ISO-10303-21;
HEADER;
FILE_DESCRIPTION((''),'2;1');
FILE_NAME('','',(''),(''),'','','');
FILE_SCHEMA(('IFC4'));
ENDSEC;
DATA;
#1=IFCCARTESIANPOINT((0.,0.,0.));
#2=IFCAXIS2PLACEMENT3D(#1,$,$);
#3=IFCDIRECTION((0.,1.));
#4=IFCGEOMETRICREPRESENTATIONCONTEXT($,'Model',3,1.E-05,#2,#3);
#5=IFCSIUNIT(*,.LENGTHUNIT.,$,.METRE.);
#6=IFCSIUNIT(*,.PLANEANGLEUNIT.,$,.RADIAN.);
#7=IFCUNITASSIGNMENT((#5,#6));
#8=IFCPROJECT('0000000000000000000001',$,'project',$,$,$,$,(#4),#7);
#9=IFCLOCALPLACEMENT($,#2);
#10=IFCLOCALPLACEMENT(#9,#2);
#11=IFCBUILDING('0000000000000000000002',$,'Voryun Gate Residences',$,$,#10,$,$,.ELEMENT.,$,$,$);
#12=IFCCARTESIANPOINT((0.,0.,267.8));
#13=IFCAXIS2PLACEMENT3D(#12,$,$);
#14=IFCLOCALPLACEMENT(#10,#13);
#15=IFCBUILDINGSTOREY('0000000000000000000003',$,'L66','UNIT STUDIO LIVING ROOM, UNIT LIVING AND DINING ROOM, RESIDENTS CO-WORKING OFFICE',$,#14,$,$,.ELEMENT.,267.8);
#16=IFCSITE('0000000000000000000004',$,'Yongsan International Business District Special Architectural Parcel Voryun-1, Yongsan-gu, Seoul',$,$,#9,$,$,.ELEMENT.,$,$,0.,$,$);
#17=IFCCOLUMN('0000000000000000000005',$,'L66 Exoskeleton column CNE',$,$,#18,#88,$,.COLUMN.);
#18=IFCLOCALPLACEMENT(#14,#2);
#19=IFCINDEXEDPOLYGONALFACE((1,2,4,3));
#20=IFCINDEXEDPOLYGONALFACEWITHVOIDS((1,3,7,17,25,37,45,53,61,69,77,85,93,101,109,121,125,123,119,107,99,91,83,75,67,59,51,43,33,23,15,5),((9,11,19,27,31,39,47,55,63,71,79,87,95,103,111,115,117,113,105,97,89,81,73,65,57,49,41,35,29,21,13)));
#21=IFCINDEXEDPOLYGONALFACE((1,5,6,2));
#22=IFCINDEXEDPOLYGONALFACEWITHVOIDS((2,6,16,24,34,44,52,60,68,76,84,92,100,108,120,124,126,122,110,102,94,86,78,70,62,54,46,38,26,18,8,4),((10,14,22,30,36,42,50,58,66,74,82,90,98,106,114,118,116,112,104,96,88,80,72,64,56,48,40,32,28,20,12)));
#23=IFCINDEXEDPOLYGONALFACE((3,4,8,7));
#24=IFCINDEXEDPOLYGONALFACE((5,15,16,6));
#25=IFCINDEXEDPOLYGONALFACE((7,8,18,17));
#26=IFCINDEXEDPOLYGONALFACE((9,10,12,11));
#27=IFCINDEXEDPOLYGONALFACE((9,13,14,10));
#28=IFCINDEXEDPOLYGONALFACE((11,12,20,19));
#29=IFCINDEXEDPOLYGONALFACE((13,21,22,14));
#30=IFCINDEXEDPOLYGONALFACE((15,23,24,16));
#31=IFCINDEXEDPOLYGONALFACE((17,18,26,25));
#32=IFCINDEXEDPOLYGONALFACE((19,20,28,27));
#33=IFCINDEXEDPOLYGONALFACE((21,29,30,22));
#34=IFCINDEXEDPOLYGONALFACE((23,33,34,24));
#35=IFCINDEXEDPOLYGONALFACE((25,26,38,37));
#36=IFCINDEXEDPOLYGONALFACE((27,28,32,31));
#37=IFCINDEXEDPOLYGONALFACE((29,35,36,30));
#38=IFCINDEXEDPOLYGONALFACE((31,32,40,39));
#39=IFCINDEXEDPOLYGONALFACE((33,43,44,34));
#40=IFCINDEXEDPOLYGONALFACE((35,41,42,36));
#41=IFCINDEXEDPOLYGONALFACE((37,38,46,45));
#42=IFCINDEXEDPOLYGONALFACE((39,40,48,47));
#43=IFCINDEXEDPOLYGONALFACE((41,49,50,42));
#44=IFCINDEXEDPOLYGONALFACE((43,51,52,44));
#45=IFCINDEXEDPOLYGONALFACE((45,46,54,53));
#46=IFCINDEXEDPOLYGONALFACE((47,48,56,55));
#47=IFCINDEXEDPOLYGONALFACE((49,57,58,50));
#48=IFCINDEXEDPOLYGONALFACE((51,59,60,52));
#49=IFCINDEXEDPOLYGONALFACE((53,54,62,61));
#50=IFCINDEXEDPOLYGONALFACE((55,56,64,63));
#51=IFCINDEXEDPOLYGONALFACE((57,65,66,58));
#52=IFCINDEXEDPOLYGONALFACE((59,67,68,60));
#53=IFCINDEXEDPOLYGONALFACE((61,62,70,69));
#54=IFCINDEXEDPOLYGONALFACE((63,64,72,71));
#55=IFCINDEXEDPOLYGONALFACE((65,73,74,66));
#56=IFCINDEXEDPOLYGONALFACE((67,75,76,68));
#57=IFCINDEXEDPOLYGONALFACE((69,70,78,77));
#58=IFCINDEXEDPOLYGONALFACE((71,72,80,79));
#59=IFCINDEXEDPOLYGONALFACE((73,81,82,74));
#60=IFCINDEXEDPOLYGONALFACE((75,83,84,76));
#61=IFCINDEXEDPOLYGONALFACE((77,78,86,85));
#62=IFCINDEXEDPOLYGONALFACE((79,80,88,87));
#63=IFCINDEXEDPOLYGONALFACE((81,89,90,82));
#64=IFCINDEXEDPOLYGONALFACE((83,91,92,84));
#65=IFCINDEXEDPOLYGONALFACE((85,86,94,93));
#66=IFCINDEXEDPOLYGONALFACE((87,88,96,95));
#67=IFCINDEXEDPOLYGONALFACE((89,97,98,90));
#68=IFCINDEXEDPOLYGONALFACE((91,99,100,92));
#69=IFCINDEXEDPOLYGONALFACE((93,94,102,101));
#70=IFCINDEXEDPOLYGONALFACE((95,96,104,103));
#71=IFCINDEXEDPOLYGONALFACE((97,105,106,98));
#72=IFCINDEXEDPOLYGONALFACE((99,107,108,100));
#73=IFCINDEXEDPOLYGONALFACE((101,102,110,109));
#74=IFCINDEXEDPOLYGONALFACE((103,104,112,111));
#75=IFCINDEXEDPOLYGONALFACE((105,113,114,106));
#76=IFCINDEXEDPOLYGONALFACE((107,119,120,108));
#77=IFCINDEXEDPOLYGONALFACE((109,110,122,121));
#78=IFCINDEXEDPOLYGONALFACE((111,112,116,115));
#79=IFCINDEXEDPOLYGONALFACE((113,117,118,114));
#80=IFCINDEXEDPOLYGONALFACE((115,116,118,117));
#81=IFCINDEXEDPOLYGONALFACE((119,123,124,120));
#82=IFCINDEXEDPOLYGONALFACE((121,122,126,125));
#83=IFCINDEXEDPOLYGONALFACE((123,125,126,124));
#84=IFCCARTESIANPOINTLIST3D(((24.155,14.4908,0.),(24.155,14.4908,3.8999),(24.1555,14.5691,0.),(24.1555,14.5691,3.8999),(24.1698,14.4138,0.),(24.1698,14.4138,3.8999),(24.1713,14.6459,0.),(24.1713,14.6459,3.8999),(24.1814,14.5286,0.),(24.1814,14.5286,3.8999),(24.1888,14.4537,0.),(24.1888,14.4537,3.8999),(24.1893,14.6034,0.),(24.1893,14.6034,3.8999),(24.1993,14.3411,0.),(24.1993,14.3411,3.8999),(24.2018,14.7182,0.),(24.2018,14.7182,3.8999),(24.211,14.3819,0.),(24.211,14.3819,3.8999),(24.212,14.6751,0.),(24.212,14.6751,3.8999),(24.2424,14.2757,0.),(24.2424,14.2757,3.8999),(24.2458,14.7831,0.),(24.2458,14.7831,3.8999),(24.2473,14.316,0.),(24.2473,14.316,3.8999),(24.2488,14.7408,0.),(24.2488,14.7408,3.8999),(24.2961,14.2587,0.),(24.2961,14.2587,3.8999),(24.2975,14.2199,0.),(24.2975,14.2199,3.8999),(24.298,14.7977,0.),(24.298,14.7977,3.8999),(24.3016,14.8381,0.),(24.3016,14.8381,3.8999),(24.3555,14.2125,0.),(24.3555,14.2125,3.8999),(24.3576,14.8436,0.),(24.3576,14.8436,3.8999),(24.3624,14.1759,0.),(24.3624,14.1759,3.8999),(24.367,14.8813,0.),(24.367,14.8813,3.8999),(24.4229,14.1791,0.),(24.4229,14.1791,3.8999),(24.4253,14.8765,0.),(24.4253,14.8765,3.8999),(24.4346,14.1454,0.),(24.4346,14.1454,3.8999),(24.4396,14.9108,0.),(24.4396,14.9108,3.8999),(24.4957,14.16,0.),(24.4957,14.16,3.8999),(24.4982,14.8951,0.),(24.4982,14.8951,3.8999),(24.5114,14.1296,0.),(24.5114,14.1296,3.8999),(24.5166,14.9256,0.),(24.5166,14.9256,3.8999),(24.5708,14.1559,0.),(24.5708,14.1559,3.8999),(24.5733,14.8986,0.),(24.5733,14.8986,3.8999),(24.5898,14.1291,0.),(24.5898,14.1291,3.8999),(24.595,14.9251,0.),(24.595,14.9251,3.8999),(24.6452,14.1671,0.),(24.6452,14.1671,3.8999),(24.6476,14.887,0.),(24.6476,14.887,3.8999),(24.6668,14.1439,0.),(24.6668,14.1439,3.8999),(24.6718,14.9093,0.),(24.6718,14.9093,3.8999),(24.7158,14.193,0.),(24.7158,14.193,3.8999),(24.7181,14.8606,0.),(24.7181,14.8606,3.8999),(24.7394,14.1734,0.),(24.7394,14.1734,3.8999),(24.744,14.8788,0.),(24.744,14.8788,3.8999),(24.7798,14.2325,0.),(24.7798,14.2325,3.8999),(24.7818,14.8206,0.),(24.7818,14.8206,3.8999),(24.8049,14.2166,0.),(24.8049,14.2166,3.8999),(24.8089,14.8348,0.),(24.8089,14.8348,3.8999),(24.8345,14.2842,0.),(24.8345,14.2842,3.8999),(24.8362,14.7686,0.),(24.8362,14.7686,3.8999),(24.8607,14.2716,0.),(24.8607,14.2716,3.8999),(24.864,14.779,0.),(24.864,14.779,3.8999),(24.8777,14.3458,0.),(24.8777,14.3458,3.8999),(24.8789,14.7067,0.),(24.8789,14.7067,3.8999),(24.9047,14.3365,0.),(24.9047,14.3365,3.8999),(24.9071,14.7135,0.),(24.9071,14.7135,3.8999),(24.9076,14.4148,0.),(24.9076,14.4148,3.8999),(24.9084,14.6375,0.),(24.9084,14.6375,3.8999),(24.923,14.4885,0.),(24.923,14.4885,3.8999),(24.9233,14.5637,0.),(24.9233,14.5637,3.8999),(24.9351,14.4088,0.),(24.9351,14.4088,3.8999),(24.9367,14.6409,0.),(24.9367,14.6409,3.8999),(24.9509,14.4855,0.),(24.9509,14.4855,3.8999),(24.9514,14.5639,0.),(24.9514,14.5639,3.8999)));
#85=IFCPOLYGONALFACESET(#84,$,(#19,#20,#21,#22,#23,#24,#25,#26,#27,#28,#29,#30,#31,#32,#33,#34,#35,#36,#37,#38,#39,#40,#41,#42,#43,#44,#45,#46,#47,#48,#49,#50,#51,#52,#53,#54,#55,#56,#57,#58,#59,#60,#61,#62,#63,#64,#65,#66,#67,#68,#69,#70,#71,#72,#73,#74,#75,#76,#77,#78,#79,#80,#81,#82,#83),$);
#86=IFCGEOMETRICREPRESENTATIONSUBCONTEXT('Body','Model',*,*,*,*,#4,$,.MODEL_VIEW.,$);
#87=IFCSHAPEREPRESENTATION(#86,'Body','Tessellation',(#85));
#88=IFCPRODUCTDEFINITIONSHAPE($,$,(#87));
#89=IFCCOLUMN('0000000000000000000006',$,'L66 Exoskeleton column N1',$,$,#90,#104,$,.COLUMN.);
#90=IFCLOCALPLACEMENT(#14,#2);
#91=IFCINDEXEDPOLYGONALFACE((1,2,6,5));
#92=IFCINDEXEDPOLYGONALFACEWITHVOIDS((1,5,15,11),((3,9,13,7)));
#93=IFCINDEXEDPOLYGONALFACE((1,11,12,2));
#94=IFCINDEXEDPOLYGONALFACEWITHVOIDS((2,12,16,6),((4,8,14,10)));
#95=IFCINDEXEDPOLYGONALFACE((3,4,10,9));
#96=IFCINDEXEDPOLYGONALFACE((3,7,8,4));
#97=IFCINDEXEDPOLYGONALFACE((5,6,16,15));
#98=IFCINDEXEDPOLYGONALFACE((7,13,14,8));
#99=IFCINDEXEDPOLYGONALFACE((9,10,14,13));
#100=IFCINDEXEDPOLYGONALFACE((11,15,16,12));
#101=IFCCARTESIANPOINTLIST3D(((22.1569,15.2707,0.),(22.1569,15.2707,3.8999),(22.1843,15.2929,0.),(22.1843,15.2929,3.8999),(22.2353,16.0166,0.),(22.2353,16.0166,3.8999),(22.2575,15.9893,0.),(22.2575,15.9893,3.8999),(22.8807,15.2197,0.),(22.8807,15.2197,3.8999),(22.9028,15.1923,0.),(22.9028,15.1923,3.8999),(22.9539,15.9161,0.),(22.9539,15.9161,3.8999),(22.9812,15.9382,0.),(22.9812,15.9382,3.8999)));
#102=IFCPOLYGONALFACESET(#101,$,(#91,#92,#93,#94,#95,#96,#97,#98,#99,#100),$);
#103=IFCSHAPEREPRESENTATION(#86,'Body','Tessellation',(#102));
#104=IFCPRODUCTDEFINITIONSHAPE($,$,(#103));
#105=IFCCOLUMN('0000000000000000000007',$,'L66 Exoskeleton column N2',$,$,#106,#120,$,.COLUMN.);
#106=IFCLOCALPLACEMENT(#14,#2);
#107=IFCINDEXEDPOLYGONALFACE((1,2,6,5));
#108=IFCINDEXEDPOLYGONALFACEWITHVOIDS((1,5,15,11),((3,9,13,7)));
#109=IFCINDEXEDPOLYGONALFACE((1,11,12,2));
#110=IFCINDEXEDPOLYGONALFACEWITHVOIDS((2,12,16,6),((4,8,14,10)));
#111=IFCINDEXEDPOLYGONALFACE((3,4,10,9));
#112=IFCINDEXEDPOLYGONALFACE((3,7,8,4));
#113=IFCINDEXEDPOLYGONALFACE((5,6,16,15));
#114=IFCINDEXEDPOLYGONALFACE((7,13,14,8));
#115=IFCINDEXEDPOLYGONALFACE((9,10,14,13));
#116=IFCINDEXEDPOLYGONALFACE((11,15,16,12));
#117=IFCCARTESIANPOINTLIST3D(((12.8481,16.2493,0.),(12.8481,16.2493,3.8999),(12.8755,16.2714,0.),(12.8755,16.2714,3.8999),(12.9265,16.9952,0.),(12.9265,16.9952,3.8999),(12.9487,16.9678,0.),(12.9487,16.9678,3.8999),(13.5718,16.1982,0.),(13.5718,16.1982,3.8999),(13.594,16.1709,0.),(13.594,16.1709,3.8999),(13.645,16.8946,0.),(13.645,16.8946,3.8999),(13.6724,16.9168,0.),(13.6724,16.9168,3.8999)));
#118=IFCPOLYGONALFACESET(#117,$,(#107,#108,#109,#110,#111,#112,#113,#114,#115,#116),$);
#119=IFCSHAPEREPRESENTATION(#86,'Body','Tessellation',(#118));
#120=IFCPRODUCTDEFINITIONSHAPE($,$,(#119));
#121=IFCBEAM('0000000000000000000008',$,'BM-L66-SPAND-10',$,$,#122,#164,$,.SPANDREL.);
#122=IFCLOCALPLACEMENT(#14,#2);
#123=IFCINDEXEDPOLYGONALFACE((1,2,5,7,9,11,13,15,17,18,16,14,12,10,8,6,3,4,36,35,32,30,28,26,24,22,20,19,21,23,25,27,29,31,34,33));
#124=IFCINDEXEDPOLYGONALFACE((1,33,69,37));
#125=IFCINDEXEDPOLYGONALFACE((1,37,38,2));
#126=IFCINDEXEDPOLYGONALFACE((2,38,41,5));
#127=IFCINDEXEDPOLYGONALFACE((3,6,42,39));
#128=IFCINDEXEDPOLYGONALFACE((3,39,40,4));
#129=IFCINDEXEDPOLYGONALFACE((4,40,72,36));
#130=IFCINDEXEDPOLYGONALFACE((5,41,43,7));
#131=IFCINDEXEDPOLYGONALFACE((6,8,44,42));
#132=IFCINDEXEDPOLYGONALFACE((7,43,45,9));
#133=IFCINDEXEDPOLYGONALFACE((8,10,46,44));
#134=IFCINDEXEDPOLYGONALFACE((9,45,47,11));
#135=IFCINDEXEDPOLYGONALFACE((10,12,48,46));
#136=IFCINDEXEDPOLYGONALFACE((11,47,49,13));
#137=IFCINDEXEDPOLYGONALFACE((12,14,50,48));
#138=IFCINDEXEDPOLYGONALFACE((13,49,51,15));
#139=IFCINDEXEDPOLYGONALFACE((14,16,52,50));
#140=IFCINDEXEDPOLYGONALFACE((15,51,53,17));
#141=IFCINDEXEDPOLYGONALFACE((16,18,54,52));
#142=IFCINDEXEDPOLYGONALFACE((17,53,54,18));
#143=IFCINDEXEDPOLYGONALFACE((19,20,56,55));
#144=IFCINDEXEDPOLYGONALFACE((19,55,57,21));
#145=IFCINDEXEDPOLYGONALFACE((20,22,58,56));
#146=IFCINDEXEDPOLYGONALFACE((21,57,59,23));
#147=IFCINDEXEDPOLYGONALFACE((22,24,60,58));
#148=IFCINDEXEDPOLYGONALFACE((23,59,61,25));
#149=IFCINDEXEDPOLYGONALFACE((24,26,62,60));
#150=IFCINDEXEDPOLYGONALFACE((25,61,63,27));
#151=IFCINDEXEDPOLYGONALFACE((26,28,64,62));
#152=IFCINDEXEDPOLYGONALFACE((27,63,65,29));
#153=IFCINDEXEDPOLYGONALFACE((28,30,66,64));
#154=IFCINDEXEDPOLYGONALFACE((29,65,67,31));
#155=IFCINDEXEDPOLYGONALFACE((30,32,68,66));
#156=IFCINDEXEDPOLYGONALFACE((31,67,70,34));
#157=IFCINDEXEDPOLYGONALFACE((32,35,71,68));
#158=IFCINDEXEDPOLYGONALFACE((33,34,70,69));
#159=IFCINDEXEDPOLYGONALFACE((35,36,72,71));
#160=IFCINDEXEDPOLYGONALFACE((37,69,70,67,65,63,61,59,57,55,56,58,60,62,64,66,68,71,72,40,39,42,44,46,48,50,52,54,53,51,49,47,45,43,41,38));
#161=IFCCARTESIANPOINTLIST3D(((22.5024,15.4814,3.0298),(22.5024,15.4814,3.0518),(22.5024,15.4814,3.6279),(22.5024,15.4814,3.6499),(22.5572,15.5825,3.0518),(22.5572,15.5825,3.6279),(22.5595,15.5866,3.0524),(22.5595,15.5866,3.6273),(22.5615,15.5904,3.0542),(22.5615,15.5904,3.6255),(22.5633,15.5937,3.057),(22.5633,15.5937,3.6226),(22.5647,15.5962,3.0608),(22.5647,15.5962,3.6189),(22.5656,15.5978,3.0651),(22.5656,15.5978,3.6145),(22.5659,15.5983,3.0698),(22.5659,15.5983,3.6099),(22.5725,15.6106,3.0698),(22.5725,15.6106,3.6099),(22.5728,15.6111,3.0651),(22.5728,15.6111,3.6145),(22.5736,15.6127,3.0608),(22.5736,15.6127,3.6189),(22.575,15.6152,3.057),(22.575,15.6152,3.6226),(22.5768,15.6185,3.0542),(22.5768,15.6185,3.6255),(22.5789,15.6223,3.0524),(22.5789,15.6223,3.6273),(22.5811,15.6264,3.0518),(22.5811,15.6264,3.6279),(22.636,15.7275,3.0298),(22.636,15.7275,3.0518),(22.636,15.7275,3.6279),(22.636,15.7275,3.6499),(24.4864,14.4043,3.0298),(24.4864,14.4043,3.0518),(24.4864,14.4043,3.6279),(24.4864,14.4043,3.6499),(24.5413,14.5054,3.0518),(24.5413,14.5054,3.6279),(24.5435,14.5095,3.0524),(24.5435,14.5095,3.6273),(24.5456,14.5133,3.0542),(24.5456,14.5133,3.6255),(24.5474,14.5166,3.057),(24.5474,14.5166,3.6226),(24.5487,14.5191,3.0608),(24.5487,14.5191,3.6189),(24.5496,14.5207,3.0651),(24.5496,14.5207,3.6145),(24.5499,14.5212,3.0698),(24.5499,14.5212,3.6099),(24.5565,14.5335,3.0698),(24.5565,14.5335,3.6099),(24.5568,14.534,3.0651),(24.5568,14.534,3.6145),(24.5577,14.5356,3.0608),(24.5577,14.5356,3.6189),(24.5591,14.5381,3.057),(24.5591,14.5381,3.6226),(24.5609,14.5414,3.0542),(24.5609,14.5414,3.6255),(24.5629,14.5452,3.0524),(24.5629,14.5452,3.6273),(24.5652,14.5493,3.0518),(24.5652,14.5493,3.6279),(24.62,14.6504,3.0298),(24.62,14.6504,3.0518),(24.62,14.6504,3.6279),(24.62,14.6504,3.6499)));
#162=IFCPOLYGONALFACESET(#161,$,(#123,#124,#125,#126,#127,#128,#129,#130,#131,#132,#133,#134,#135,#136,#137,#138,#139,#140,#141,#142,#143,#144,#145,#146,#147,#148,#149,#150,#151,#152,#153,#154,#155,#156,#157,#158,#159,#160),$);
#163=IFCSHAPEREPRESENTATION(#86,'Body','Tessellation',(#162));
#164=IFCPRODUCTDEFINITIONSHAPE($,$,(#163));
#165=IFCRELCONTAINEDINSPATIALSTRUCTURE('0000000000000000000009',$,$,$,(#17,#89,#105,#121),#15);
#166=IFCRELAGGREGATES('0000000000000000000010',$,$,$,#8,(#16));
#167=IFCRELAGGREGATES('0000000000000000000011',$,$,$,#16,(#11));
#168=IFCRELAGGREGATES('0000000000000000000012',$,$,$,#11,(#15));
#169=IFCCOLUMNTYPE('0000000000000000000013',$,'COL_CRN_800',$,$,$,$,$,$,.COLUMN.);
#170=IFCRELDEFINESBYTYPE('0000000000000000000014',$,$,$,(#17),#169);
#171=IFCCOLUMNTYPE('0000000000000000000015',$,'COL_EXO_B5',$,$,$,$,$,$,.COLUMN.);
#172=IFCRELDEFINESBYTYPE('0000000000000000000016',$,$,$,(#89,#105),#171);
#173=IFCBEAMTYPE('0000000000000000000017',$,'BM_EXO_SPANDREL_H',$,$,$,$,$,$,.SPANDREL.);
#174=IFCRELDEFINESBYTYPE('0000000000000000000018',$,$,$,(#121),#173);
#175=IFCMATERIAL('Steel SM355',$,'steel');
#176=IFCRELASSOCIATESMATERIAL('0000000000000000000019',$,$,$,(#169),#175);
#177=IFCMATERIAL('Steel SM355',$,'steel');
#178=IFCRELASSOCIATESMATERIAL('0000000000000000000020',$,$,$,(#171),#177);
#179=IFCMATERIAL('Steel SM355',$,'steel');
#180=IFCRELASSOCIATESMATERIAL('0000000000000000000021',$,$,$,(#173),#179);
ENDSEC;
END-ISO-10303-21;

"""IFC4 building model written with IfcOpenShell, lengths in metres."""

from ifc_helpers import new_model, si_unit, direction, frame, origin, origin_2d, place, context, subcontext, project, spatial, hollow_rectangle, hollow_circle, i_section, extrude, material, material_profile, profile_set, type_object, element, save


model = new_model("IFC4")

# Units and contexts
model_context = context("Model", 3, precision=1e-05, world=origin(), true_north=direction((0.0, 1.0)))
body_context = subcontext(model_context, "Body", "Model", "MODEL_VIEW")
ifc_project = project(units=[si_unit("LENGTHUNIT", "METRE"), si_unit("PLANEANGLEUNIT", "RADIAN")], contexts=[model_context])

# Site, building, storey
site_placement = place(None, origin())
site = spatial("IfcSite", under=ifc_project, at=site_placement, Name="Yongsan International Business District Special Architectural Parcel Voryun-1, Yongsan-gu, Seoul", CompositionType="ELEMENT", RefElevation=0.0)
building_placement = place(site_placement, origin())
building = spatial("IfcBuilding", under=site, at=building_placement, Name="Voryun Gate Residences", CompositionType="ELEMENT")
storey_placement = place(building_placement, frame((0.0, 0.0, 267.8)))
storey = spatial("IfcBuildingStorey", under=building, at=storey_placement, Name="L66", Description="UNIT STUDIO LIVING ROOM, UNIT LIVING AND DINING ROOM, RESIDENTS CO-WORKING OFFICE", CompositionType="ELEMENT", Elevation=267.8)

# Columns
ifc_material_1 = material(Name="Steel SM355", Category="steel")
ifc_material_profile_1 = material_profile(ifc_material_1, hollow_circle(Radius=0.3999, WallThickness=0.0281, at=origin_2d()), Name="CHS-800x28")
ifc_profile_set_1 = profile_set([ifc_material_profile_1], Name="Steel SM355")
column_type_1 = type_object("IfcColumnType", Name="COL_CRN_800", PredefinedType="COLUMN", material=ifc_profile_set_1)
column_placement = place(storey_placement, frame((24.5532, 14.5273, 0.0), z_axis=(0.0, 0.0, 1.0), x_axis=(0.994522, -0.104528, 0.0)))
element("IfcColumn", 1, at=column_placement, inside=storey, type_object=column_type_1, Name="L66 Exoskeleton column CNE", PredefinedType="COLUMN", context=body_context, shape_type="SweptSolid", body=[
    extrude(hollow_circle(Radius=0.3999, WallThickness=0.0281, at=origin_2d()), origin(), (0.0, 0.0, 1.0), 3.8999),
])
ifc_material_2 = material(Name="Steel SM355", Category="steel")
ifc_material_profile_2 = material_profile(ifc_material_2, hollow_rectangle(XDim=0.75, YDim=0.75, WallThickness=0.0249, at=origin_2d()), Name="BOX-750x750x25")
ifc_profile_set_2 = profile_set([ifc_material_profile_2], Name="Steel SM355")
column_type_2 = type_object("IfcColumnType", Name="COL_EXO_B5", PredefinedType="COLUMN", material=ifc_profile_set_2)
for number, where, z_axis, x_axis, name in (
    (2, (22.5691, 15.6045, 0.0), (0.0, 0.0, 1.0), (0.994522, -0.104528, 0.0), "L66 Exoskeleton column N1"),
    (3, (13.2603, 16.583, 0.0), (0.0, 0.0, 1.0), (0.994522, -0.104528, 0.0), "L66 Exoskeleton column N2"),
):
    element("IfcColumn", number, at=place(storey_placement, frame(where, z_axis=z_axis, x_axis=x_axis)), inside=storey, type_object=column_type_2, Name=name, PredefinedType="COLUMN", context=body_context, shape_type="SweptSolid", body=[
        extrude(hollow_rectangle(XDim=0.75, YDim=0.75, WallThickness=0.0249, at=origin_2d()), origin(), (0.0, 0.0, 1.0), 3.8999),
    ])

# Beam
ifc_material_3 = material(Name="Steel SM355", Category="steel")
ifc_material_profile_3 = material_profile(ifc_material_3, i_section(OverallWidth=0.28, OverallDepth=0.6201, WebThickness=0.0139, FlangeThickness=0.022, FilletRadius=0.0181, at=origin_2d()), Name="H-620x280x14x22")
ifc_profile_set_3 = profile_set([ifc_material_profile_3], Name="Steel SM355")
beam_type = type_object("IfcBeamType", Name="BM_EXO_SPANDREL_H", PredefinedType="SPANDREL", material=ifc_profile_set_3)
beam_1_placement = place(storey_placement, frame((24.5532, 14.5273, 3.3398), z_axis=(-0.878844, 0.477109, 0.0), x_axis=(-0.477109, -0.878844, 0.0)))
element("IfcBeam", 4, at=beam_1_placement, inside=storey, type_object=beam_type, Name="BM-L66-SPAND-10", PredefinedType="SPANDREL", context=body_context, shape_type="SweptSolid", body=[
    extrude(i_section(OverallWidth=0.28, OverallDepth=0.6201, WebThickness=0.0139, FlangeThickness=0.022, FilletRadius=0.0181, at=origin_2d()), origin(), (0.0, 0.0, 1.0), 2.2576),
])

save(model, "model.ifc")
